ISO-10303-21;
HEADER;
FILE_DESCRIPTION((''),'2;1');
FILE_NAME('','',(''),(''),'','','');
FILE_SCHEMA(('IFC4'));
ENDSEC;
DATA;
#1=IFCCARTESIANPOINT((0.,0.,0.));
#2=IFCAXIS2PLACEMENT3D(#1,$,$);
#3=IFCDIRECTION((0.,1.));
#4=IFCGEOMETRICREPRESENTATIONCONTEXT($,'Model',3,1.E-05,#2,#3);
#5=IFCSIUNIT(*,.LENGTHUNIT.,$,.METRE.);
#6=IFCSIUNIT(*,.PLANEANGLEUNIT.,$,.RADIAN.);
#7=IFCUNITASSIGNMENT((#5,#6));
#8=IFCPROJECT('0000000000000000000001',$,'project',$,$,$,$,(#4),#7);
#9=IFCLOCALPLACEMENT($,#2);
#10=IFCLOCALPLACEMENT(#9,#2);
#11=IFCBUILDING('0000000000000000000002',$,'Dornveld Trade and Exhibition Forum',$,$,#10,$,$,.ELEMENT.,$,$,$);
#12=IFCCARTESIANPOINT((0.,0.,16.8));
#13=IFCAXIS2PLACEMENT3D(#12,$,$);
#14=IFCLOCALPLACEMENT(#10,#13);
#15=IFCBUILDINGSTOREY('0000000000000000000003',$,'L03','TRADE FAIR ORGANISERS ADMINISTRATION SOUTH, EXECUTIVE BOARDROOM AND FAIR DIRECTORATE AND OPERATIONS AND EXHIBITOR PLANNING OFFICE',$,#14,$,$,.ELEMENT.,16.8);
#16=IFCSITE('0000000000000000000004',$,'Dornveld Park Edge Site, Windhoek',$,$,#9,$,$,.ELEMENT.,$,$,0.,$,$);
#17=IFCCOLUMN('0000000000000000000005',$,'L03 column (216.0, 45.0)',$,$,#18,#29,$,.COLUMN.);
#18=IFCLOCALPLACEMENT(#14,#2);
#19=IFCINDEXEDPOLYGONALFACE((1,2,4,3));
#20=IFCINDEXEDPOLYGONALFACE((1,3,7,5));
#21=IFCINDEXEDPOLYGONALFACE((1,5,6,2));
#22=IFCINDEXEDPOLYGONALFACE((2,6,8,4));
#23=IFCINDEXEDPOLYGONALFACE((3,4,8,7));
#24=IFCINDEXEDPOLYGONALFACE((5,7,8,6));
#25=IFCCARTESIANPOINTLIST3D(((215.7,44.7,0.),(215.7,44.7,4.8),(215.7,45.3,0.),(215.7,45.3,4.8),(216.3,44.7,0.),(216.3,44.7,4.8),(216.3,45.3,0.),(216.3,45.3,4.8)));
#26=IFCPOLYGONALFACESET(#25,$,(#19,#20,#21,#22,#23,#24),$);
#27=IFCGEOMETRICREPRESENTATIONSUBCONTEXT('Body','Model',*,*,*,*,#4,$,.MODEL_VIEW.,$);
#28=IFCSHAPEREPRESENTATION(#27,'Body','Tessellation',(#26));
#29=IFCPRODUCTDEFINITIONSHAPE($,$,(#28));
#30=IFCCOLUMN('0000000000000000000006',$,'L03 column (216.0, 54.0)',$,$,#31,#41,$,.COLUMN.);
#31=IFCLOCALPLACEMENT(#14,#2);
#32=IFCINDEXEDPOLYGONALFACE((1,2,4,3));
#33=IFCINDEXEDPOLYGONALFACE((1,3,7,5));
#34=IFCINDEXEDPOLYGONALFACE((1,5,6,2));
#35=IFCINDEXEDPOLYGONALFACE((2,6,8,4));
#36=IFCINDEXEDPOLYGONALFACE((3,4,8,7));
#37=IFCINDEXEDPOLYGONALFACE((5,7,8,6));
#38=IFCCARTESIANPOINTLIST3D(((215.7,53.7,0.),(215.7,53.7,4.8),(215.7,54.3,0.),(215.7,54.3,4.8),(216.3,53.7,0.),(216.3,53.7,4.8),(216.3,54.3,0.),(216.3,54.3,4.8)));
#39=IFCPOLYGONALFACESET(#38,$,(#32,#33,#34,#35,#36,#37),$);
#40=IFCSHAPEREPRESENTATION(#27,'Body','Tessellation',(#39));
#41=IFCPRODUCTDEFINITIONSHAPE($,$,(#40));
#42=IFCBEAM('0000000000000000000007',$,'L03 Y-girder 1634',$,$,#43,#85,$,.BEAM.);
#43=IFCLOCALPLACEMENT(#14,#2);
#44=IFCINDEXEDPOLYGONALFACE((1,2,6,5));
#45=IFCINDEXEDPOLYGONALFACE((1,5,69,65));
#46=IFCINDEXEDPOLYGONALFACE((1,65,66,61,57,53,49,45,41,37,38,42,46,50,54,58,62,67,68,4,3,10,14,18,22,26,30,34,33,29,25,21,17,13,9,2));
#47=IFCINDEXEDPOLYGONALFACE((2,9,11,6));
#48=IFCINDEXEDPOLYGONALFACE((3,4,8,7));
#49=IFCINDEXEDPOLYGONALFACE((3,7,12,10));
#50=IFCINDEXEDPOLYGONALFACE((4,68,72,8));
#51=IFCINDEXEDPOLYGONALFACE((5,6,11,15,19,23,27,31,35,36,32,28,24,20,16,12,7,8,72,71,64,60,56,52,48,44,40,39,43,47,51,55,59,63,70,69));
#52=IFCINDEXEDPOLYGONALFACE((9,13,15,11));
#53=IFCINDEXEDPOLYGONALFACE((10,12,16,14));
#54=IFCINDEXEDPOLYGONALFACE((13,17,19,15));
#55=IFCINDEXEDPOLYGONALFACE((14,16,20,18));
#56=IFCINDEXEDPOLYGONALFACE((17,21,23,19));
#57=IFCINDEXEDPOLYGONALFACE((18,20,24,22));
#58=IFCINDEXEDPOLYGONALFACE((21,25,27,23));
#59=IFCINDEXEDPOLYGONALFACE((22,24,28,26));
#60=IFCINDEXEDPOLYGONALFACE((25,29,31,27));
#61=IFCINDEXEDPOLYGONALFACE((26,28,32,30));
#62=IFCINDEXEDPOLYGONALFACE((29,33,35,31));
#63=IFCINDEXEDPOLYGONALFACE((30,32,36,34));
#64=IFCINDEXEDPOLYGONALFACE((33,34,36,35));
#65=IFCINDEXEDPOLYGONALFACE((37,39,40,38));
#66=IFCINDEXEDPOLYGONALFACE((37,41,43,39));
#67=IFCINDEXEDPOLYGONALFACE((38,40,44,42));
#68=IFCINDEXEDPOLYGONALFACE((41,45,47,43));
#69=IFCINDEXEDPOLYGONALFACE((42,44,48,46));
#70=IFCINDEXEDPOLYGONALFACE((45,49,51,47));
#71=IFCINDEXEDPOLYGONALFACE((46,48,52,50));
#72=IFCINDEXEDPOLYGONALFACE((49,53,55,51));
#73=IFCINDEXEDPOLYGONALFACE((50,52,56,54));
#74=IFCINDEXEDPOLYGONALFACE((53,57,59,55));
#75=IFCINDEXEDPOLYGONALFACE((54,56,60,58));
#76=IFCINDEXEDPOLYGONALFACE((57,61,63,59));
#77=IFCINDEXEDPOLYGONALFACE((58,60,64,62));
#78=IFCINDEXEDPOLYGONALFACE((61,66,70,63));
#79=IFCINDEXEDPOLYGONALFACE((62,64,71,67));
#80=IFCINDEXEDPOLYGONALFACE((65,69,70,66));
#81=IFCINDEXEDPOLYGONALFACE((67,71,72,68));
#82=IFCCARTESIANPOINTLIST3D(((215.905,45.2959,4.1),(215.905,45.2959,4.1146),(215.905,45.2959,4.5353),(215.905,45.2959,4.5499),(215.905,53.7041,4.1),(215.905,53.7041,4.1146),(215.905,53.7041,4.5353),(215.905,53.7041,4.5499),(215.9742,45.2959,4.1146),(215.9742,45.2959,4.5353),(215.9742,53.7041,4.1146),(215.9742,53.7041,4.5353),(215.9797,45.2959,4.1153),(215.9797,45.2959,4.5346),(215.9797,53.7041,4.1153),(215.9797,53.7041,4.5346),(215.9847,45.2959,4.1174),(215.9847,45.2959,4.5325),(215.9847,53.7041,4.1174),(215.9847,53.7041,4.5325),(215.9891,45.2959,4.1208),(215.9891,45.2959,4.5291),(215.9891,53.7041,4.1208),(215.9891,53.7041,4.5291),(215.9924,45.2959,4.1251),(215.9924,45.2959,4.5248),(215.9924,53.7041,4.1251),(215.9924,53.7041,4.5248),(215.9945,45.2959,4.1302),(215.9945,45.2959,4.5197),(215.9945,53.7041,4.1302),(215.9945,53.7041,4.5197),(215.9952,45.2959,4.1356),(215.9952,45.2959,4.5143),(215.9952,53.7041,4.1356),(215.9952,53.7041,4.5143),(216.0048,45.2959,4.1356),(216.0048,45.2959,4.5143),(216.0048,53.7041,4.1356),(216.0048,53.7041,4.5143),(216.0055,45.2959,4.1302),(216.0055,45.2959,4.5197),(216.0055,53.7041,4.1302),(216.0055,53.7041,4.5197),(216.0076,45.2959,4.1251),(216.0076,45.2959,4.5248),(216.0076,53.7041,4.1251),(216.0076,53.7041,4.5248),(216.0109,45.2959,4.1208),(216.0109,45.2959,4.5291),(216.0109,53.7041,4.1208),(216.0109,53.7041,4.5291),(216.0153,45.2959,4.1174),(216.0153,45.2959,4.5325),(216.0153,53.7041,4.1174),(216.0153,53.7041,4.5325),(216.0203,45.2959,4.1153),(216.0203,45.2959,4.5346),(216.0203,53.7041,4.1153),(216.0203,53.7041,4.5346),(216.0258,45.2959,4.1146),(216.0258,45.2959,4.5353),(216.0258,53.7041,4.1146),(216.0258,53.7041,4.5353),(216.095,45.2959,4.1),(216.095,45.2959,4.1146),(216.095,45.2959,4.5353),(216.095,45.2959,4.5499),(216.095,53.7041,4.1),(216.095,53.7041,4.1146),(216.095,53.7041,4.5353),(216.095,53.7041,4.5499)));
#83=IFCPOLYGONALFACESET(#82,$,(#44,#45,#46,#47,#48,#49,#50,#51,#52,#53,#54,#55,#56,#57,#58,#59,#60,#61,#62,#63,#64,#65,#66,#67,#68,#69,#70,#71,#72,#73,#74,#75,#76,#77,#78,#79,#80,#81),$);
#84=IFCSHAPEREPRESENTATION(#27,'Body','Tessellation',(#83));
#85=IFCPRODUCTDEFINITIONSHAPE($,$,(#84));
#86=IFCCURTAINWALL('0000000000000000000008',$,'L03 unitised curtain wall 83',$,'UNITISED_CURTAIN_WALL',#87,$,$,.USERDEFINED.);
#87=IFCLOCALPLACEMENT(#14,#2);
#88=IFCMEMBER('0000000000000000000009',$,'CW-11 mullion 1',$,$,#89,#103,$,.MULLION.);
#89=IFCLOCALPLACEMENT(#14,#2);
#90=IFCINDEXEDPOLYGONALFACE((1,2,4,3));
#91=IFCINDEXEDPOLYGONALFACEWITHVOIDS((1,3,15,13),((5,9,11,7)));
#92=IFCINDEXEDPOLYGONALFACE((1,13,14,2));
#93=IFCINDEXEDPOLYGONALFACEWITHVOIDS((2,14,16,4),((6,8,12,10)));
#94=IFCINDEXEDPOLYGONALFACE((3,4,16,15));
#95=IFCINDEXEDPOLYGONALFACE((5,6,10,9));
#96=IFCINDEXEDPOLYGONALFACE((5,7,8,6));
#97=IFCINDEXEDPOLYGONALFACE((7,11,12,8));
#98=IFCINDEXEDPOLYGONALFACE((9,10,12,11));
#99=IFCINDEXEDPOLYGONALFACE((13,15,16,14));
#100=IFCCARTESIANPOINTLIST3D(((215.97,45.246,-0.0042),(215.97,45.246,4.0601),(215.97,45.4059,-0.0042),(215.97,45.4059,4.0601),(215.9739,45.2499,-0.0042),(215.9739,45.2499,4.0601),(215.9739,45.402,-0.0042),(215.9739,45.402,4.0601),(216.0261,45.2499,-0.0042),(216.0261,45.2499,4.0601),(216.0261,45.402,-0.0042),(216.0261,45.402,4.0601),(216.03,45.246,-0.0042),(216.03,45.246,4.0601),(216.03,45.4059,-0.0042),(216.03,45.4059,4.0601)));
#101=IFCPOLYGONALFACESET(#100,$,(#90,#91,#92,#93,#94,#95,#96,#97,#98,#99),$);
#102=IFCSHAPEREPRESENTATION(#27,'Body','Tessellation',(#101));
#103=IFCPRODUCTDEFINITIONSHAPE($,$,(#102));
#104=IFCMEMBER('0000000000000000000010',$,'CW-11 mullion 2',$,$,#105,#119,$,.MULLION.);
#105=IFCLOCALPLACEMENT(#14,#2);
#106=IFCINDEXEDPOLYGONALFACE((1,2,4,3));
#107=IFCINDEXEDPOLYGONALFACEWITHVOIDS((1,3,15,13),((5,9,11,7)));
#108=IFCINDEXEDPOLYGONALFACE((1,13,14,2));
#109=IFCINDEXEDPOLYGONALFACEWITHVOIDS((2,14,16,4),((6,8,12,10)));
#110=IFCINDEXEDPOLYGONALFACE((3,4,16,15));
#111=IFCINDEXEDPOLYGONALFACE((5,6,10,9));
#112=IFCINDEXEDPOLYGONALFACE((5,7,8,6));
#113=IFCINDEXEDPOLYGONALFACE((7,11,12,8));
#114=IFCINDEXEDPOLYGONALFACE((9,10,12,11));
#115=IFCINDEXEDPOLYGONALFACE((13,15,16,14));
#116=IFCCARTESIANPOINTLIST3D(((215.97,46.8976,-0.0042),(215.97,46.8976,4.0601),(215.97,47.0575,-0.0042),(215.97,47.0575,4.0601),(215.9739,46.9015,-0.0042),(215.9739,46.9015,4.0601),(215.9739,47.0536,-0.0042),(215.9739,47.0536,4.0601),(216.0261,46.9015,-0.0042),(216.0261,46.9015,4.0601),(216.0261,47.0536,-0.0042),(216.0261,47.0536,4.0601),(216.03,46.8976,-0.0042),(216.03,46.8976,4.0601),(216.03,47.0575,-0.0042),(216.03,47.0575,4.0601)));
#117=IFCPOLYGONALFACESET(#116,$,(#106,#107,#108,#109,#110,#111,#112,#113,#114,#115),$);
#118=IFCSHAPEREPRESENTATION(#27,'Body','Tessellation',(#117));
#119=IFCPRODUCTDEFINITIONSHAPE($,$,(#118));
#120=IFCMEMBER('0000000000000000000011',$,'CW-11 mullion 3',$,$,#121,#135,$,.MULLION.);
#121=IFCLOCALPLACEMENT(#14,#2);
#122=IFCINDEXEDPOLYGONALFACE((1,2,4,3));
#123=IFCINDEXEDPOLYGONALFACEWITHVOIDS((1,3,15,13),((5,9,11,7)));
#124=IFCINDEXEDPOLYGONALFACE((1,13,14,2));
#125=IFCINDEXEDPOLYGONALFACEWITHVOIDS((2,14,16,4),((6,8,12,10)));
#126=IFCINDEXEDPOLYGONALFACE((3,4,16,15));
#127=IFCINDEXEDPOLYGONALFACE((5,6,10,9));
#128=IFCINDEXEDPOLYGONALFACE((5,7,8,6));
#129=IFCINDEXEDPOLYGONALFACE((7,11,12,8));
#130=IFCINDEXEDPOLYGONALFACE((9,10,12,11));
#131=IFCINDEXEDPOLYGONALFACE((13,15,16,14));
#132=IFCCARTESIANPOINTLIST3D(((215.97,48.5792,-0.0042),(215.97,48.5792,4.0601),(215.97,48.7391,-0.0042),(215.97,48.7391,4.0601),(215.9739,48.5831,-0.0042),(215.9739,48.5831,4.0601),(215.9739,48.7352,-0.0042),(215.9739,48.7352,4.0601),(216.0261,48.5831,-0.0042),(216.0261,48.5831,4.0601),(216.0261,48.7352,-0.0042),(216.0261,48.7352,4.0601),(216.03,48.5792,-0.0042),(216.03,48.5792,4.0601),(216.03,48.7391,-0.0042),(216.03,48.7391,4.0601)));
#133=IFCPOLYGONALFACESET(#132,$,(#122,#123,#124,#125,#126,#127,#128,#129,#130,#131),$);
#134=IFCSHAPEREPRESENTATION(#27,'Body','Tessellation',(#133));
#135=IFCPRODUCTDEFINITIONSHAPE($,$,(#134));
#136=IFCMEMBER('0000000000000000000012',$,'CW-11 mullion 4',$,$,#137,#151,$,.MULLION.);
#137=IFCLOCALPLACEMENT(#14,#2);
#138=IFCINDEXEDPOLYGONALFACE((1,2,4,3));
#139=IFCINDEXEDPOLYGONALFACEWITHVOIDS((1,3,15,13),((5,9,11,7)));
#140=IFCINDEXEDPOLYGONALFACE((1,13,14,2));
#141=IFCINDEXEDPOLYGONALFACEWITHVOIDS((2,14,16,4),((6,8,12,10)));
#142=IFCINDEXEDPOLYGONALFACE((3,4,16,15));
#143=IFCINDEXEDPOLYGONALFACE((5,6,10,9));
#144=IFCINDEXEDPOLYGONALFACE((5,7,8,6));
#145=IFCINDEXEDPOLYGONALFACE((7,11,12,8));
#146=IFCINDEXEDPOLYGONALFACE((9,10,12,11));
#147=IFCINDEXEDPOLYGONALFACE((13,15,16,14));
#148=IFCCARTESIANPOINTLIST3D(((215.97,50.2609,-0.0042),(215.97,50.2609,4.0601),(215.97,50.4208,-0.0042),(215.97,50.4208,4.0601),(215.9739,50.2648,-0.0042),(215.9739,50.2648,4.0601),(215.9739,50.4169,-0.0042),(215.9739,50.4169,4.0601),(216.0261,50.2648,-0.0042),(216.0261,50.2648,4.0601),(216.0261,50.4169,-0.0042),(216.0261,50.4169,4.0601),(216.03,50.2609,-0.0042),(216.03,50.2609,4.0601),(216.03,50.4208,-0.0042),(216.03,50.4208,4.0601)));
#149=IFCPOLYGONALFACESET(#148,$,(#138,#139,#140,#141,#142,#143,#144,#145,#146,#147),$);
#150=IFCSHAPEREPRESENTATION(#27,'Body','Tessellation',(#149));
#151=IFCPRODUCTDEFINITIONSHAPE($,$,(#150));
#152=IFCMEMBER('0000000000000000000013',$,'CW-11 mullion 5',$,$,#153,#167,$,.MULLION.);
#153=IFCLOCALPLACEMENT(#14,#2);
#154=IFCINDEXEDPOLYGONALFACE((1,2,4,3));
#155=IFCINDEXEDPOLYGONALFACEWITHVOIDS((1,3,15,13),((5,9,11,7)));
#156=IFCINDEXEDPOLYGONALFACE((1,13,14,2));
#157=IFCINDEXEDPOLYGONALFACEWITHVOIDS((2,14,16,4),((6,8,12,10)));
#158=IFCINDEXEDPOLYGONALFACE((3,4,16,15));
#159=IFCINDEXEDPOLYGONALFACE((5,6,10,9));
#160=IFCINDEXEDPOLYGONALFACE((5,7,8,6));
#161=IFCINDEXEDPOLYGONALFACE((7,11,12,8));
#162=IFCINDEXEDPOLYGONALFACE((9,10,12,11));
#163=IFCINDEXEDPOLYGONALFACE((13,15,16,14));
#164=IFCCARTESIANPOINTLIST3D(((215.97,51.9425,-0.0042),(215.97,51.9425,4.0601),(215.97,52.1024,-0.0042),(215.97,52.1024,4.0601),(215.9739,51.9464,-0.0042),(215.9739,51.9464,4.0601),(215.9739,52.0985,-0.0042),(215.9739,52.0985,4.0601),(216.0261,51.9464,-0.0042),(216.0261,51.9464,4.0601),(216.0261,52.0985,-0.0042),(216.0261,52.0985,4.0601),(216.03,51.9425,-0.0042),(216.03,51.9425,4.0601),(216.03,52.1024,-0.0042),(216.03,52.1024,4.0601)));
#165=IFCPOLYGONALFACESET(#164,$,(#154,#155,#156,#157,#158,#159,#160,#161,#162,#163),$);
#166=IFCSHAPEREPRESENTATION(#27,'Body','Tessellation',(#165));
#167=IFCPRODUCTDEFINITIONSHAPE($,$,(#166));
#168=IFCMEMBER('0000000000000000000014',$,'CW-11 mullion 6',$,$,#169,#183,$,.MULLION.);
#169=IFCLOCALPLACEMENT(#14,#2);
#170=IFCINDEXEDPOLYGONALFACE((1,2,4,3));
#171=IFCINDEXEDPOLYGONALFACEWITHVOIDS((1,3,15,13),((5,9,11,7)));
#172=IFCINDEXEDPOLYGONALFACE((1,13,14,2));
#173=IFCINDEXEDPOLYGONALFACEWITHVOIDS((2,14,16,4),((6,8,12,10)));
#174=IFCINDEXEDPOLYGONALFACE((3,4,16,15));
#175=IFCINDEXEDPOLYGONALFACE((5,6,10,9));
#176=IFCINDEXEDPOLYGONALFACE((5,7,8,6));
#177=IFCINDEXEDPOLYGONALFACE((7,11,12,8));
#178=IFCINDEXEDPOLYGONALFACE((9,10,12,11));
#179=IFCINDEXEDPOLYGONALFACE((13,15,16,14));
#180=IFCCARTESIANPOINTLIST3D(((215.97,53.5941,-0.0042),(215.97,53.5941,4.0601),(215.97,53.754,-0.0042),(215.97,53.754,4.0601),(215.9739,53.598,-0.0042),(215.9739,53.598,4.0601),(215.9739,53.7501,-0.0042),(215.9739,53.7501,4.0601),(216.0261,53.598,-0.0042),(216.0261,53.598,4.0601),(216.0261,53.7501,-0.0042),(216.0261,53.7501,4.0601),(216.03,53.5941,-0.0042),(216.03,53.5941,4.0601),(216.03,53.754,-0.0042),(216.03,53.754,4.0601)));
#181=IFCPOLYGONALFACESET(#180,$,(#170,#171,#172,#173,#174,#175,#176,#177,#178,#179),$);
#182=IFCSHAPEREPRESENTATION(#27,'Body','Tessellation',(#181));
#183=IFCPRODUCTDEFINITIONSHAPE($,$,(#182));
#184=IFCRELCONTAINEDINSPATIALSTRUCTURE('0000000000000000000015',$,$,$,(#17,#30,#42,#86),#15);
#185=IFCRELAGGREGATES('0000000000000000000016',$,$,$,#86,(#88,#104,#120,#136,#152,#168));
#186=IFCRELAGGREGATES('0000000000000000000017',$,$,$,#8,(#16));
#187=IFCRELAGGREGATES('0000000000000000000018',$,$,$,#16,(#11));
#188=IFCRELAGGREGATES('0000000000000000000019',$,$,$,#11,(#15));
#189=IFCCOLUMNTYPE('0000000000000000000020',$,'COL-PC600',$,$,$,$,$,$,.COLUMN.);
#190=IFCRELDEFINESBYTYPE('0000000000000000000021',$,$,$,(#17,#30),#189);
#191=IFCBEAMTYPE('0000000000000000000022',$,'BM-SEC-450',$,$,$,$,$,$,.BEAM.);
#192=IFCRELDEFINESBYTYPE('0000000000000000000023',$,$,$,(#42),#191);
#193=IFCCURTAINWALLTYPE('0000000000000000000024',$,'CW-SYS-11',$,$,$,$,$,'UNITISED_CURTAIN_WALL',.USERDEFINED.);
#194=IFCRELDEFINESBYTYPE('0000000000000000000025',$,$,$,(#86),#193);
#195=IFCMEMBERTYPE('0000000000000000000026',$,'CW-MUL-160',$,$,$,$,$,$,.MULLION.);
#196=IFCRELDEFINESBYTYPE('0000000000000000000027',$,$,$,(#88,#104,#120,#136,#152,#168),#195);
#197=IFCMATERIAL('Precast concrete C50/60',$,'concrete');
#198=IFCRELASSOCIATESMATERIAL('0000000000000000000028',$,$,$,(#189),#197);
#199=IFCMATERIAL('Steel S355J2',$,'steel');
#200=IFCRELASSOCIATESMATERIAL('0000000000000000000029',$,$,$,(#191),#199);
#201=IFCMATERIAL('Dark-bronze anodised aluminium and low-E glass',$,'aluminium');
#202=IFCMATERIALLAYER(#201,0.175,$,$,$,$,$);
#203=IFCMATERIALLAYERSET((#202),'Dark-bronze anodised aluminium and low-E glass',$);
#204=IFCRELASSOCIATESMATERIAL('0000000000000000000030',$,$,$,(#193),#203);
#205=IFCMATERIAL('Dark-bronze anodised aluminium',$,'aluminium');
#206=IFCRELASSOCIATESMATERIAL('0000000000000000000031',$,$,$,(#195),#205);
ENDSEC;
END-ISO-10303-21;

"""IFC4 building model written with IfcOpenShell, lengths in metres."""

from ifc_helpers import new_model, si_unit, direction, frame, origin, origin_2d, place, context, subcontext, project, spatial, rectangle, hollow_rectangle, i_section, extrude, material, layer, layer_set, material_profile, profile_set, type_object, element, aggregate, save


model = new_model("IFC4")

# Units and contexts
model_context = context("Model", 3, precision=1e-05, world=origin(), true_north=direction((0.0, 1.0)))
body_context = subcontext(model_context, "Body", "Model", "MODEL_VIEW")
ifc_project = project(units=[si_unit("LENGTHUNIT", "METRE"), si_unit("PLANEANGLEUNIT", "RADIAN")], contexts=[model_context])

# Site, building, storey
site_placement = place(None, origin())
site = spatial("IfcSite", under=ifc_project, at=site_placement, Name="Dornveld Park Edge Site, Windhoek", CompositionType="ELEMENT", RefElevation=0.0)
building_placement = place(site_placement, origin())
building = spatial("IfcBuilding", under=site, at=building_placement, Name="Dornveld Trade and Exhibition Forum", CompositionType="ELEMENT")
storey_placement = place(building_placement, frame((0.0, 0.0, 16.8)))
storey = spatial("IfcBuildingStorey", under=building, at=storey_placement, Name="L03", Description="TRADE FAIR ORGANISERS ADMINISTRATION SOUTH, EXECUTIVE BOARDROOM AND FAIR DIRECTORATE AND OPERATIONS AND EXHIBITOR PLANNING OFFICE", CompositionType="ELEMENT", Elevation=16.8)

# Columns
ifc_material_1 = material(Name="Precast concrete C50/60", Category="concrete")
ifc_material_profile_1 = material_profile(ifc_material_1, rectangle(XDim=0.6001, YDim=0.6001, at=origin_2d()), Name="PC-COL 600x600")
ifc_profile_set_1 = profile_set([ifc_material_profile_1], Name="Precast concrete C50/60")
column_type = type_object("IfcColumnType", Name="COL-PC600", PredefinedType="COLUMN", material=ifc_profile_set_1)
for number, where, z_axis, x_axis, name in (
    (1, (216.0, 45.0, 0.0), (0.0, 0.0, 1.0), (1.0, 0.0, 0.0), "L03 column (216.0, 45.0)"),
    (2, (216.0, 54.0, 0.0), (0.0, 0.0, 1.0), (1.0, 0.0, 0.0), "L03 column (216.0, 54.0)"),
):
    element("IfcColumn", number, at=place(storey_placement, frame(where, z_axis=z_axis, x_axis=x_axis)), inside=storey, type_object=column_type, Name=name, PredefinedType="COLUMN", context=body_context, shape_type="SweptSolid", body=[
        extrude(rectangle(XDim=0.6001, YDim=0.6001, at=origin_2d()), origin(), (0.0, 0.0, 1.0), 4.8),
    ])

# Beam
ifc_material_2 = material(Name="Steel S355J2", Category="steel")
ifc_material_profile_2 = material_profile(ifc_material_2, i_section(OverallWidth=0.1899, OverallDepth=0.45, WebThickness=0.0095, FlangeThickness=0.0146, FilletRadius=0.021, at=origin_2d()), Name="IPE 450")
ifc_profile_set_2 = profile_set([ifc_material_profile_2], Name="Steel S355J2")
beam_type = type_object("IfcBeamType", Name="BM-SEC-450", PredefinedType="BEAM", material=ifc_profile_set_2)
beam_placement = place(storey_placement, frame((216.0, 45.2959, 4.325), z_axis=(0.0, 1.0, 0.0), x_axis=(-1.0, 0.0, 0.0)))
element("IfcBeam", 3, at=beam_placement, inside=storey, type_object=beam_type, Name="L03 Y-girder 1634", PredefinedType="BEAM", context=body_context, shape_type="SweptSolid", body=[
    extrude(i_section(OverallWidth=0.1899, OverallDepth=0.45, WebThickness=0.0095, FlangeThickness=0.0146, FilletRadius=0.021, at=origin_2d()), origin(), (0.0, 0.0, 1.0), 8.4082),
])

# Curtain wall, members
ifc_material_3 = material(Name="Dark-bronze anodised aluminium and low-E glass", Category="aluminium")
ifc_layer_1 = layer(ifc_material_3, 0.175)
ifc_layer_set_1 = layer_set([ifc_layer_1], Name="Dark-bronze anodised aluminium and low-E glass")
curtain_wall_type = type_object("IfcCurtainWallType", Name="CW-SYS-11", ElementType="UNITISED_CURTAIN_WALL", PredefinedType="USERDEFINED", material=ifc_layer_set_1)
curtain_wall_placement = place(storey_placement, origin())
curtain_wall = element("IfcCurtainWall", 4, at=curtain_wall_placement, inside=storey, type_object=curtain_wall_type, Name="L03 unitised curtain wall 83", ObjectType="UNITISED_CURTAIN_WALL", PredefinedType="USERDEFINED")
ifc_material_4 = material(Name="Dark-bronze anodised aluminium", Category="aluminium")
ifc_material_profile_3 = material_profile(ifc_material_4, hollow_rectangle(XDim=0.0601, YDim=0.1599, WallThickness=0.0039, at=origin_2d()), Name="RHS 160x60x4")
ifc_profile_set_3 = profile_set([ifc_material_profile_3], Name="Dark-bronze anodised aluminium")
member_type_1 = type_object("IfcMemberType", Name="CW-MUL-160", PredefinedType="MULLION", material=ifc_profile_set_3)
member_1_placement = place(storey_placement, frame((216.0, 45.3259, -0.0042), z_axis=(0.0, 0.0, 1.0), x_axis=(-1.0, 0.0, 0.0)))
member_1 = element("IfcMember", 5, at=member_1_placement, type_object=member_type_1, Name="CW-11 mullion 1", PredefinedType="MULLION", context=body_context, shape_type="SweptSolid", body=[
    extrude(hollow_rectangle(XDim=0.0601, YDim=0.1599, WallThickness=0.0039, at=origin_2d()), origin(), (0.0, 0.0, 1.0), 4.0642),
])
member_2_placement = place(storey_placement, frame((216.0, 46.9775, -0.0042), z_axis=(0.0, 0.0, 1.0), x_axis=(-1.0, 0.0, 0.0)))
member_2 = element("IfcMember", 6, at=member_2_placement, type_object=member_type_1, Name="CW-11 mullion 2", PredefinedType="MULLION", context=body_context, shape_type="SweptSolid", body=[
    extrude(hollow_rectangle(XDim=0.0601, YDim=0.1599, WallThickness=0.0039, at=origin_2d()), origin(), (0.0, 0.0, 1.0), 4.0642),
])
member_3_placement = place(storey_placement, frame((216.0, 48.6592, -0.0042), z_axis=(0.0, 0.0, 1.0), x_axis=(-1.0, 0.0, 0.0)))
member_3 = element("IfcMember", 7, at=member_3_placement, type_object=member_type_1, Name="CW-11 mullion 3", PredefinedType="MULLION", context=body_context, shape_type="SweptSolid", body=[
    extrude(hollow_rectangle(XDim=0.0601, YDim=0.1599, WallThickness=0.0039, at=origin_2d()), origin(), (0.0, 0.0, 1.0), 4.0642),
])
member_4_placement = place(storey_placement, frame((216.0, 50.3408, -0.0042), z_axis=(0.0, 0.0, 1.0), x_axis=(-1.0, 0.0, 0.0)))
member_4 = element("IfcMember", 8, at=member_4_placement, type_object=member_type_1, Name="CW-11 mullion 4", PredefinedType="MULLION", context=body_context, shape_type="SweptSolid", body=[
    extrude(hollow_rectangle(XDim=0.0601, YDim=0.1599, WallThickness=0.0039, at=origin_2d()), origin(), (0.0, 0.0, 1.0), 4.0642),
])
member_5_placement = place(storey_placement, frame((216.0, 52.0225, -0.0042), z_axis=(0.0, 0.0, 1.0), x_axis=(-1.0, 0.0, 0.0)))
member_5 = element("IfcMember", 9, at=member_5_placement, type_object=member_type_1, Name="CW-11 mullion 5", PredefinedType="MULLION", context=body_context, shape_type="SweptSolid", body=[
    extrude(hollow_rectangle(XDim=0.0601, YDim=0.1599, WallThickness=0.0039, at=origin_2d()), origin(), (0.0, 0.0, 1.0), 4.0642),
])
member_6_placement = place(storey_placement, frame((216.0, 53.6741, -0.0042), z_axis=(0.0, 0.0, 1.0), x_axis=(-1.0, 0.0, 0.0)))
member_6 = element("IfcMember", 10, at=member_6_placement, type_object=member_type_1, Name="CW-11 mullion 6", PredefinedType="MULLION", context=body_context, shape_type="SweptSolid", body=[
    extrude(hollow_rectangle(XDim=0.0601, YDim=0.1599, WallThickness=0.0039, at=origin_2d()), origin(), (0.0, 0.0, 1.0), 4.0642),
])
aggregate(curtain_wall, [member_1, member_2, member_3, member_4, member_5, member_6])

save(model, "model.ifc")
